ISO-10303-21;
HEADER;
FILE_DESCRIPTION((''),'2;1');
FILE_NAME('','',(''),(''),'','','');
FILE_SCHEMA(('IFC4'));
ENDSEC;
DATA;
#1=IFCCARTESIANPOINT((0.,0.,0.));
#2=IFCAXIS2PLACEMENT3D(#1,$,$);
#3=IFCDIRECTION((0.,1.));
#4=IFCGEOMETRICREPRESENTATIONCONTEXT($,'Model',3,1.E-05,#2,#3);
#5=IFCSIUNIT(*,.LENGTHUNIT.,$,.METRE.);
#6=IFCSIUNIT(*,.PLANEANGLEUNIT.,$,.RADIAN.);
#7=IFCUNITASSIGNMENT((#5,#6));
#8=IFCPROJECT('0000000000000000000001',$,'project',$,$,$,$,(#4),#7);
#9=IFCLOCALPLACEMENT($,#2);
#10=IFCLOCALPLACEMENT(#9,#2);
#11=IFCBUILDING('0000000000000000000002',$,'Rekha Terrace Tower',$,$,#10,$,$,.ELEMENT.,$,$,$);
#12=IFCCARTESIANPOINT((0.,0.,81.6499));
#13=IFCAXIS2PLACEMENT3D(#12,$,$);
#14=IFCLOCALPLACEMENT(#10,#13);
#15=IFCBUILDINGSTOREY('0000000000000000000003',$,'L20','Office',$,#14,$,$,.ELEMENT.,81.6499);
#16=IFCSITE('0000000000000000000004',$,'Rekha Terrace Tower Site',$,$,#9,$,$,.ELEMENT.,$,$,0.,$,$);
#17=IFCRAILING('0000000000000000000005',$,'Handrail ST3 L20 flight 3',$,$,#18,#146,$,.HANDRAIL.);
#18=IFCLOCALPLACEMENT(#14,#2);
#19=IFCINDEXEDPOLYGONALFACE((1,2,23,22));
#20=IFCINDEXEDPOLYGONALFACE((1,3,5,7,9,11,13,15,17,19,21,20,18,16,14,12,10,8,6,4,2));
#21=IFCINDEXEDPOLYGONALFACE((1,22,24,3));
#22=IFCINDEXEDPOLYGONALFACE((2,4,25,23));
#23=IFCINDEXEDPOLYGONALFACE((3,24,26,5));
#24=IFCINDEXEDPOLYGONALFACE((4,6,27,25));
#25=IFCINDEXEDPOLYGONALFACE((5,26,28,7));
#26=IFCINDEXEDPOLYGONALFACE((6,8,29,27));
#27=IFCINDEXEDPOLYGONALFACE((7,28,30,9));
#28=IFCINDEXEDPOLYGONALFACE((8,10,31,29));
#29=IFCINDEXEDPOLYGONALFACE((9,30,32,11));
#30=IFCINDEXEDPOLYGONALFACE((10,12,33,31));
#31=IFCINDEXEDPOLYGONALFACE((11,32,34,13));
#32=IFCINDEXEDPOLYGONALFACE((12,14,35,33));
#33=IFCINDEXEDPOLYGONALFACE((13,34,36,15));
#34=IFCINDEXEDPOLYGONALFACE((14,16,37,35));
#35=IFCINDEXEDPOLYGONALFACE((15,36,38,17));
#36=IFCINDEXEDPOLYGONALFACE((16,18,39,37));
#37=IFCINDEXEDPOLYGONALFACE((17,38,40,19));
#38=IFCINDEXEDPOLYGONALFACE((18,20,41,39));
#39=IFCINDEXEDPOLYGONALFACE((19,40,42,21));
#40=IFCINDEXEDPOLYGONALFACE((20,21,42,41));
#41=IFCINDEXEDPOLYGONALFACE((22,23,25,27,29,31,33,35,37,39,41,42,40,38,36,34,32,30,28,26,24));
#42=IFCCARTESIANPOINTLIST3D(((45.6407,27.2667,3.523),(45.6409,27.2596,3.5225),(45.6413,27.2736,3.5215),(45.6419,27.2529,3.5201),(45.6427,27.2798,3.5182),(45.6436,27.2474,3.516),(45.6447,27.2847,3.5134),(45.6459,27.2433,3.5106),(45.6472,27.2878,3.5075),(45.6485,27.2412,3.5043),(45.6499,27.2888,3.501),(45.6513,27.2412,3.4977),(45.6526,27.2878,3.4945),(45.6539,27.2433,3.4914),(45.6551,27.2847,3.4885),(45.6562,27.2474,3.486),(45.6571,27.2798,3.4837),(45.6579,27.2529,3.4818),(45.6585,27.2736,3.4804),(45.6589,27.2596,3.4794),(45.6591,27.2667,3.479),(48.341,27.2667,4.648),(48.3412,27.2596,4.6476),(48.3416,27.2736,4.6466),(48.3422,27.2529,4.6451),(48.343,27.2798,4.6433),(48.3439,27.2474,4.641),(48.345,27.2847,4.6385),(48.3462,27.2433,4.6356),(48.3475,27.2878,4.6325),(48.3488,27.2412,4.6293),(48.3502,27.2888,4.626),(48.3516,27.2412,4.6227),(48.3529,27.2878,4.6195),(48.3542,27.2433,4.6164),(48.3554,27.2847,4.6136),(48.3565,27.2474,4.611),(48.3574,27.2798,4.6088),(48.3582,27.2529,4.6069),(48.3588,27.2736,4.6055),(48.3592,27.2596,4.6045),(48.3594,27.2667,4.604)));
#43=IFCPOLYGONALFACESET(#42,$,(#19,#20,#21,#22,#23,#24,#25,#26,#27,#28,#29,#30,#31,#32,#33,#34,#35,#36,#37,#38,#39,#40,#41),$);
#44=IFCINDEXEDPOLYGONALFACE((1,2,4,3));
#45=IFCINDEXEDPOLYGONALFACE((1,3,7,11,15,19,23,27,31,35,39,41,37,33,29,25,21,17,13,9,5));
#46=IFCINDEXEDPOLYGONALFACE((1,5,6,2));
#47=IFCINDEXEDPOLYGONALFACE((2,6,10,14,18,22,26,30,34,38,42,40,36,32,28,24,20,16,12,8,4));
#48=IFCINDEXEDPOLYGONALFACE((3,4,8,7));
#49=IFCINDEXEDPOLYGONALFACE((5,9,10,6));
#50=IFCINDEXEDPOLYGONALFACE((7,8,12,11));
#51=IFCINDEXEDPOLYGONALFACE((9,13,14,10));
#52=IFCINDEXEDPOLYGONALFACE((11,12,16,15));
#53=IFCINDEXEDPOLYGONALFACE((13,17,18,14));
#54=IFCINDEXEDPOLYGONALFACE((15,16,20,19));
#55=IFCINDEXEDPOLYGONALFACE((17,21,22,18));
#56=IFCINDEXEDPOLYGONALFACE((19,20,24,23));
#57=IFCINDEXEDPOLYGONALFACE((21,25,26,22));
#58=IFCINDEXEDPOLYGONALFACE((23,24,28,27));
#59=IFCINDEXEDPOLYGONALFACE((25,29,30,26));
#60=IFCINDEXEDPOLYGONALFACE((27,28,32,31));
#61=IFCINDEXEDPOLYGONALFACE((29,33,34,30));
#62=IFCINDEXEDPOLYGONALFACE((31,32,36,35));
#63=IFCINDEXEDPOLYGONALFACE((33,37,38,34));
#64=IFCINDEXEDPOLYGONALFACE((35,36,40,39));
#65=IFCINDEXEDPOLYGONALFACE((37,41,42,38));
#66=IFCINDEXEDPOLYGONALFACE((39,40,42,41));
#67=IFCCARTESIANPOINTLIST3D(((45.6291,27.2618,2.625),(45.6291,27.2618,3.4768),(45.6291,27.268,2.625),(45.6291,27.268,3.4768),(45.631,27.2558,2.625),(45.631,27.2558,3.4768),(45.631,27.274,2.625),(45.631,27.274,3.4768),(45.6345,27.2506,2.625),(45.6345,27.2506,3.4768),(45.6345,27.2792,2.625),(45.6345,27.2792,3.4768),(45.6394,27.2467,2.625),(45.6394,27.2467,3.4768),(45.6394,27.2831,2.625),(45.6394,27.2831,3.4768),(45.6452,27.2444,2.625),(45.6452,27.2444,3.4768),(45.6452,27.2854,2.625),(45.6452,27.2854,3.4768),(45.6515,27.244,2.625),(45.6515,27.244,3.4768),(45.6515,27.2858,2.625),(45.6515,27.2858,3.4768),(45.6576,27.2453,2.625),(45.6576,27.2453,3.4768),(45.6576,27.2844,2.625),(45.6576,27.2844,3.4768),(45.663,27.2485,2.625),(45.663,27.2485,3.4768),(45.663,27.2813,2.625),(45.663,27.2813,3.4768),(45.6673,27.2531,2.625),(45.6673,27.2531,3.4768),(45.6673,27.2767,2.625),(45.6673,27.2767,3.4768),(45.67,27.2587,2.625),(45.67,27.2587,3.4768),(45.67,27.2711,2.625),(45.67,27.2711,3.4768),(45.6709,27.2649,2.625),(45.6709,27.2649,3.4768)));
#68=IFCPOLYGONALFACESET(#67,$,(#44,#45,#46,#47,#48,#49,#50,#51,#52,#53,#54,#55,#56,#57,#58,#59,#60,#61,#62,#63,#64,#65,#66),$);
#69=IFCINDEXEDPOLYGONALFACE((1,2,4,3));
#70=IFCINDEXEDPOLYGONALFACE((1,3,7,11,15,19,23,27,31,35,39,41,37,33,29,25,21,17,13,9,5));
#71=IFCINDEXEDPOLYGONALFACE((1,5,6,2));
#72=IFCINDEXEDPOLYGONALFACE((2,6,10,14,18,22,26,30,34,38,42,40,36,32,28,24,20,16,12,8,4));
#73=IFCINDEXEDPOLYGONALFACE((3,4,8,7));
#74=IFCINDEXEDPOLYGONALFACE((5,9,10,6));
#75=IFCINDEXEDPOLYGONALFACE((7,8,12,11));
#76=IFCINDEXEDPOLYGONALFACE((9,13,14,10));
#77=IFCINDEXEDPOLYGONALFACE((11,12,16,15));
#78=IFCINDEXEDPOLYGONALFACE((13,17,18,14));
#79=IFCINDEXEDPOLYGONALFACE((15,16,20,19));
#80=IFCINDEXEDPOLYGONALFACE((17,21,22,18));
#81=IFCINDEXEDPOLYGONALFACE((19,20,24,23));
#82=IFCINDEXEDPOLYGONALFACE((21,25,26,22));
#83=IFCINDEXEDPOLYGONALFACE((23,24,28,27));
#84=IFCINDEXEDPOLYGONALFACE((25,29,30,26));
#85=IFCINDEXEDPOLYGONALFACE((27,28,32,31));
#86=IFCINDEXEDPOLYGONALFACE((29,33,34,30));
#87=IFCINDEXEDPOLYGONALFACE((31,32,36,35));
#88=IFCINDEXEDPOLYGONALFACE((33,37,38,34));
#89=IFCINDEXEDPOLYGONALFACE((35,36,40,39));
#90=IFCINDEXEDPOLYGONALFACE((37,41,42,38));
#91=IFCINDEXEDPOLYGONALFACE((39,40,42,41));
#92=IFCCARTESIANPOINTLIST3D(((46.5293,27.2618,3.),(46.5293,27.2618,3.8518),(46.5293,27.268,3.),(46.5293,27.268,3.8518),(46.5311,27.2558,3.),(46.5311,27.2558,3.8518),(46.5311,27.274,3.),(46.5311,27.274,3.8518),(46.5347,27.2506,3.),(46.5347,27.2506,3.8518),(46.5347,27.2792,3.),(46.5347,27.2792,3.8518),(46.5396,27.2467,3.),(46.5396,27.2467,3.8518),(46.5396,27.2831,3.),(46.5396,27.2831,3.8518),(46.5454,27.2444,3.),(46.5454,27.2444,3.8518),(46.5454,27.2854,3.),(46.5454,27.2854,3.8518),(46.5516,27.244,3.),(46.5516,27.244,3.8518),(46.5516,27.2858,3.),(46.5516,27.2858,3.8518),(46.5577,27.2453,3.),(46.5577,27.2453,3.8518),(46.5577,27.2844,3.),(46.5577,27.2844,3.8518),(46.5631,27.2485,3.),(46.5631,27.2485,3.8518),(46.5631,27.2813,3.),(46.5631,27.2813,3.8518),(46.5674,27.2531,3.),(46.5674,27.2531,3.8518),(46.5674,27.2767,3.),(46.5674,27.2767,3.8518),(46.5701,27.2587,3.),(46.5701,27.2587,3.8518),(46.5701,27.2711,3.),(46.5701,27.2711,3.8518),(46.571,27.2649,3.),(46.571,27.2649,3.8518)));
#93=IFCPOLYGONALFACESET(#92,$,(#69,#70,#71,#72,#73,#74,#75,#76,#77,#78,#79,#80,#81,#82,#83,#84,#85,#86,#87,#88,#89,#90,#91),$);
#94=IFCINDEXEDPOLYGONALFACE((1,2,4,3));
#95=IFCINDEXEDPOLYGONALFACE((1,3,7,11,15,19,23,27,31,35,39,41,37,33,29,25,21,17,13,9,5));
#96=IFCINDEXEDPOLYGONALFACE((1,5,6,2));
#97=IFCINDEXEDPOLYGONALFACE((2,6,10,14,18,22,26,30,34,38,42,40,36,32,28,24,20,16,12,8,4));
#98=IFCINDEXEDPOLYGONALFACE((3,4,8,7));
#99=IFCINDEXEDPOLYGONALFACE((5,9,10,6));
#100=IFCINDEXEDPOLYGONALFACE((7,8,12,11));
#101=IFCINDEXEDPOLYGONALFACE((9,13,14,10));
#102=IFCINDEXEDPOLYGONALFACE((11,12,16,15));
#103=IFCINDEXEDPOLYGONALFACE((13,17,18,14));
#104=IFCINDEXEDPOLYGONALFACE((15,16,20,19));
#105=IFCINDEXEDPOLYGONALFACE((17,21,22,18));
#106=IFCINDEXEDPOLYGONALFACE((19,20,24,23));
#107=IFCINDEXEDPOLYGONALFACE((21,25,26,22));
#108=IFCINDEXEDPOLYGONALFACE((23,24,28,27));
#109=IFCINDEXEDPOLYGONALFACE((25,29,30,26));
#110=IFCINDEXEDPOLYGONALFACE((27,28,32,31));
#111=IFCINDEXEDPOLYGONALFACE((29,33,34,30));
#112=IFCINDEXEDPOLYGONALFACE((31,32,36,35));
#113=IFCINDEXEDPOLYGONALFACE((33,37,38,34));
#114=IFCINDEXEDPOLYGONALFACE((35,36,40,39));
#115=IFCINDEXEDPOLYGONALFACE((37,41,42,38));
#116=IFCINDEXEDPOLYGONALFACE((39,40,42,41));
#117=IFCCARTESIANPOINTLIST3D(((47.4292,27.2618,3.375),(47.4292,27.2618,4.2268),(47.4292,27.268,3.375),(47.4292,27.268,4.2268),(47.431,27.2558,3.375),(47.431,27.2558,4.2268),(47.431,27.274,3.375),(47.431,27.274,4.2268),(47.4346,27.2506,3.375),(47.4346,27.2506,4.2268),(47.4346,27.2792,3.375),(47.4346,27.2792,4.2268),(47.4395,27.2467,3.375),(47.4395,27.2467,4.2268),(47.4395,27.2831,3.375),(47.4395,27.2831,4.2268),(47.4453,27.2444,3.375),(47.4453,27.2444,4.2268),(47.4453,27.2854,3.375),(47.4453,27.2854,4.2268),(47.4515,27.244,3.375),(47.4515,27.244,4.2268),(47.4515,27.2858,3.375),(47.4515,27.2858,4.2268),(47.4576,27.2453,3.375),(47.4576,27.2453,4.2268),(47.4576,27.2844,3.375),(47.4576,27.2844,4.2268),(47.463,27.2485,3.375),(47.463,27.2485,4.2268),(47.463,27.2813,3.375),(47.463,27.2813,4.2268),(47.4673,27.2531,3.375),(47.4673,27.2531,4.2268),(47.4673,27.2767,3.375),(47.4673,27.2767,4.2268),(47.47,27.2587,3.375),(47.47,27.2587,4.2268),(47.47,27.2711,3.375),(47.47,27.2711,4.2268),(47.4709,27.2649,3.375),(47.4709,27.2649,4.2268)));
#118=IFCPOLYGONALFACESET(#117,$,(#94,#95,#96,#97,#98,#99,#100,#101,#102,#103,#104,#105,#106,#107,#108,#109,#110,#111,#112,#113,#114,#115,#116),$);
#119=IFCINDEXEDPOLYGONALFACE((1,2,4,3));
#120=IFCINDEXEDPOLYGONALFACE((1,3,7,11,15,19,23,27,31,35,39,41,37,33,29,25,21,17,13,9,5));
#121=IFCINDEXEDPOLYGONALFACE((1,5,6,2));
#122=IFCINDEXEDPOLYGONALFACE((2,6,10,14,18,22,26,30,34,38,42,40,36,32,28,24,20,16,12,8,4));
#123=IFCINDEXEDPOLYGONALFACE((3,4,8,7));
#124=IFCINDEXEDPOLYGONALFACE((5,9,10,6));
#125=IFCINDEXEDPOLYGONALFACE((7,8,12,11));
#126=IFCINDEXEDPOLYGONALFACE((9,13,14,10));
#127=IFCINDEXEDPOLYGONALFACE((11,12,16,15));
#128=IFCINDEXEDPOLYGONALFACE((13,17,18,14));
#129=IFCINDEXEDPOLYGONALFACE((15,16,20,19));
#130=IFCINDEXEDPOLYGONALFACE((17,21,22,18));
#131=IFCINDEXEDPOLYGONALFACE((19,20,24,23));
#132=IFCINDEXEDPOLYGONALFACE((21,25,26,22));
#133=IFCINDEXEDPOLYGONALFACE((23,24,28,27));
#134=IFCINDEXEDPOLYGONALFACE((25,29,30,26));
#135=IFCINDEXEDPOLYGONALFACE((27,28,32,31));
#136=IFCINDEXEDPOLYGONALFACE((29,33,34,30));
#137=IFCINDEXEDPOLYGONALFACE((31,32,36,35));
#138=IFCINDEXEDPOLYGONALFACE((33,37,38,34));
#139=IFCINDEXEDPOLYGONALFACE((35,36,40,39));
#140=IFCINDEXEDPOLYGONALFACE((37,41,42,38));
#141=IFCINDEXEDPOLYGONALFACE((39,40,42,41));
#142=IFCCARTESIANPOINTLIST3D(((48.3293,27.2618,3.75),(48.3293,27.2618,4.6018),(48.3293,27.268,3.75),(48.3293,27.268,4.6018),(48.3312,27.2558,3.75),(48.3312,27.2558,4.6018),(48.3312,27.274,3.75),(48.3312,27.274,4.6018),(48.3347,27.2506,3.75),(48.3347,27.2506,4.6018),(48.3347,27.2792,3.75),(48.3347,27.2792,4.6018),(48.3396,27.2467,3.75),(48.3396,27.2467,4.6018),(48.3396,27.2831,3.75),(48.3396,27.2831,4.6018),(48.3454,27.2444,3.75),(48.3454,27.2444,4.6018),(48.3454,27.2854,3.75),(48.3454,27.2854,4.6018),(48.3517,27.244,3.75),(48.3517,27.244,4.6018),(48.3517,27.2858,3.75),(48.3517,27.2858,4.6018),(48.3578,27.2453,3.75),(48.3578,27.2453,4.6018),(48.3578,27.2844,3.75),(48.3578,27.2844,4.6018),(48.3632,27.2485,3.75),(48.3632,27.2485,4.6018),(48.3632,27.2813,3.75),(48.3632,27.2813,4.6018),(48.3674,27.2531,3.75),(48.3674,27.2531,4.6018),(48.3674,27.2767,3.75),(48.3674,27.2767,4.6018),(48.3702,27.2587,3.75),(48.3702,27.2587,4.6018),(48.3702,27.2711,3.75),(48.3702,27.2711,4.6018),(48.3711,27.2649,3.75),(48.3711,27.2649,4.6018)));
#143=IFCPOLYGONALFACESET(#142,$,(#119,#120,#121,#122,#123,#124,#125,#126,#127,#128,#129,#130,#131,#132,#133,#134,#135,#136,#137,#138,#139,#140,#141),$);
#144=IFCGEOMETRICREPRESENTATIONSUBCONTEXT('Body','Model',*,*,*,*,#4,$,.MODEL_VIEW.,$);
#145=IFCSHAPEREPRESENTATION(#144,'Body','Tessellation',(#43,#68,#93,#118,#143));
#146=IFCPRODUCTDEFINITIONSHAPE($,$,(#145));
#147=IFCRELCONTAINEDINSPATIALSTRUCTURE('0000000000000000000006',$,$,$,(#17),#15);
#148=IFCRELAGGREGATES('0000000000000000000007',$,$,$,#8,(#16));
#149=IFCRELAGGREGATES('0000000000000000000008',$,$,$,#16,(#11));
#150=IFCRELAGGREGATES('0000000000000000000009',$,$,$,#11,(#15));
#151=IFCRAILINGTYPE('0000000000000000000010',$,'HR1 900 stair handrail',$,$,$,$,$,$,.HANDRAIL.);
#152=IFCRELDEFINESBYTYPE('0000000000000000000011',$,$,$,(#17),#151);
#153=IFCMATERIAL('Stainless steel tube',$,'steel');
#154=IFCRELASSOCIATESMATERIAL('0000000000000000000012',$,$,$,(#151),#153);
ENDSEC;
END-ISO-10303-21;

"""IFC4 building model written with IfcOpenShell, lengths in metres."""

from ifc_helpers import new_model, si_unit, direction, frame, origin, origin_2d, place, context, subcontext, project, spatial, circle, extrude, material, type_object, element, save


model = new_model("IFC4")

# Units and contexts
model_context = context("Model", 3, precision=1e-05, world=origin(), true_north=direction((0.0, 1.0)))
body_context = subcontext(model_context, "Body", "Model", "MODEL_VIEW")
ifc_project = project(units=[si_unit("LENGTHUNIT", "METRE"), si_unit("PLANEANGLEUNIT", "RADIAN")], contexts=[model_context])

# Site, building, storey
site_placement = place(None, origin())
site = spatial("IfcSite", under=ifc_project, at=site_placement, Name="Rekha Terrace Tower Site", CompositionType="ELEMENT", RefElevation=0.0)
building_placement = place(site_placement, origin())
building = spatial("IfcBuilding", under=site, at=building_placement, Name="Rekha Terrace Tower", CompositionType="ELEMENT")
storey_placement = place(building_placement, frame((0.0, 0.0, 81.6499)))
storey = spatial("IfcBuildingStorey", under=building, at=storey_placement, Name="L20", Description="Office", CompositionType="ELEMENT", Elevation=81.6499)

# Railing
ifc_material_1 = material(Name="Stainless steel tube", Category="steel")
railing_type_1 = type_object("IfcRailingType", Name="HR1 900 stair handrail", PredefinedType="HANDRAIL", material=ifc_material_1)
railing_1_placement = place(storey_placement, frame((45.6499, 27.2649, 2.625)))
element("IfcRailing", 1, at=railing_1_placement, inside=storey, type_object=railing_type_1, Name="Handrail ST3 L20 flight 3", PredefinedType="HANDRAIL", context=body_context, shape_type="SweptSolid", body=[
    extrude(circle(Radius=0.0239, at=origin_2d()), frame((0.0, 0.0, 0.876), z_axis=(0.923087, 0.0, 0.384592), x_axis=(0.0, 1.0, 0.0)), (0.0, 0.0, 1.0), 2.9253),
    extrude(circle(Radius=0.021, at=origin_2d()), origin(), (0.0, 0.0, 1.0), 0.8518),
    extrude(circle(Radius=0.021, at=origin_2d()), frame((0.9001, 0.0, 0.375)), (0.0, 0.0, 1.0), 0.8518),
    extrude(circle(Radius=0.021, at=origin_2d()), frame((1.8, 0.0, 0.75)), (0.0, 0.0, 1.0), 0.8518),
    extrude(circle(Radius=0.021, at=origin_2d()), frame((2.7002, 0.0, 1.125)), (0.0, 0.0, 1.0), 0.8518),
])

save(model, "model.ifc")
